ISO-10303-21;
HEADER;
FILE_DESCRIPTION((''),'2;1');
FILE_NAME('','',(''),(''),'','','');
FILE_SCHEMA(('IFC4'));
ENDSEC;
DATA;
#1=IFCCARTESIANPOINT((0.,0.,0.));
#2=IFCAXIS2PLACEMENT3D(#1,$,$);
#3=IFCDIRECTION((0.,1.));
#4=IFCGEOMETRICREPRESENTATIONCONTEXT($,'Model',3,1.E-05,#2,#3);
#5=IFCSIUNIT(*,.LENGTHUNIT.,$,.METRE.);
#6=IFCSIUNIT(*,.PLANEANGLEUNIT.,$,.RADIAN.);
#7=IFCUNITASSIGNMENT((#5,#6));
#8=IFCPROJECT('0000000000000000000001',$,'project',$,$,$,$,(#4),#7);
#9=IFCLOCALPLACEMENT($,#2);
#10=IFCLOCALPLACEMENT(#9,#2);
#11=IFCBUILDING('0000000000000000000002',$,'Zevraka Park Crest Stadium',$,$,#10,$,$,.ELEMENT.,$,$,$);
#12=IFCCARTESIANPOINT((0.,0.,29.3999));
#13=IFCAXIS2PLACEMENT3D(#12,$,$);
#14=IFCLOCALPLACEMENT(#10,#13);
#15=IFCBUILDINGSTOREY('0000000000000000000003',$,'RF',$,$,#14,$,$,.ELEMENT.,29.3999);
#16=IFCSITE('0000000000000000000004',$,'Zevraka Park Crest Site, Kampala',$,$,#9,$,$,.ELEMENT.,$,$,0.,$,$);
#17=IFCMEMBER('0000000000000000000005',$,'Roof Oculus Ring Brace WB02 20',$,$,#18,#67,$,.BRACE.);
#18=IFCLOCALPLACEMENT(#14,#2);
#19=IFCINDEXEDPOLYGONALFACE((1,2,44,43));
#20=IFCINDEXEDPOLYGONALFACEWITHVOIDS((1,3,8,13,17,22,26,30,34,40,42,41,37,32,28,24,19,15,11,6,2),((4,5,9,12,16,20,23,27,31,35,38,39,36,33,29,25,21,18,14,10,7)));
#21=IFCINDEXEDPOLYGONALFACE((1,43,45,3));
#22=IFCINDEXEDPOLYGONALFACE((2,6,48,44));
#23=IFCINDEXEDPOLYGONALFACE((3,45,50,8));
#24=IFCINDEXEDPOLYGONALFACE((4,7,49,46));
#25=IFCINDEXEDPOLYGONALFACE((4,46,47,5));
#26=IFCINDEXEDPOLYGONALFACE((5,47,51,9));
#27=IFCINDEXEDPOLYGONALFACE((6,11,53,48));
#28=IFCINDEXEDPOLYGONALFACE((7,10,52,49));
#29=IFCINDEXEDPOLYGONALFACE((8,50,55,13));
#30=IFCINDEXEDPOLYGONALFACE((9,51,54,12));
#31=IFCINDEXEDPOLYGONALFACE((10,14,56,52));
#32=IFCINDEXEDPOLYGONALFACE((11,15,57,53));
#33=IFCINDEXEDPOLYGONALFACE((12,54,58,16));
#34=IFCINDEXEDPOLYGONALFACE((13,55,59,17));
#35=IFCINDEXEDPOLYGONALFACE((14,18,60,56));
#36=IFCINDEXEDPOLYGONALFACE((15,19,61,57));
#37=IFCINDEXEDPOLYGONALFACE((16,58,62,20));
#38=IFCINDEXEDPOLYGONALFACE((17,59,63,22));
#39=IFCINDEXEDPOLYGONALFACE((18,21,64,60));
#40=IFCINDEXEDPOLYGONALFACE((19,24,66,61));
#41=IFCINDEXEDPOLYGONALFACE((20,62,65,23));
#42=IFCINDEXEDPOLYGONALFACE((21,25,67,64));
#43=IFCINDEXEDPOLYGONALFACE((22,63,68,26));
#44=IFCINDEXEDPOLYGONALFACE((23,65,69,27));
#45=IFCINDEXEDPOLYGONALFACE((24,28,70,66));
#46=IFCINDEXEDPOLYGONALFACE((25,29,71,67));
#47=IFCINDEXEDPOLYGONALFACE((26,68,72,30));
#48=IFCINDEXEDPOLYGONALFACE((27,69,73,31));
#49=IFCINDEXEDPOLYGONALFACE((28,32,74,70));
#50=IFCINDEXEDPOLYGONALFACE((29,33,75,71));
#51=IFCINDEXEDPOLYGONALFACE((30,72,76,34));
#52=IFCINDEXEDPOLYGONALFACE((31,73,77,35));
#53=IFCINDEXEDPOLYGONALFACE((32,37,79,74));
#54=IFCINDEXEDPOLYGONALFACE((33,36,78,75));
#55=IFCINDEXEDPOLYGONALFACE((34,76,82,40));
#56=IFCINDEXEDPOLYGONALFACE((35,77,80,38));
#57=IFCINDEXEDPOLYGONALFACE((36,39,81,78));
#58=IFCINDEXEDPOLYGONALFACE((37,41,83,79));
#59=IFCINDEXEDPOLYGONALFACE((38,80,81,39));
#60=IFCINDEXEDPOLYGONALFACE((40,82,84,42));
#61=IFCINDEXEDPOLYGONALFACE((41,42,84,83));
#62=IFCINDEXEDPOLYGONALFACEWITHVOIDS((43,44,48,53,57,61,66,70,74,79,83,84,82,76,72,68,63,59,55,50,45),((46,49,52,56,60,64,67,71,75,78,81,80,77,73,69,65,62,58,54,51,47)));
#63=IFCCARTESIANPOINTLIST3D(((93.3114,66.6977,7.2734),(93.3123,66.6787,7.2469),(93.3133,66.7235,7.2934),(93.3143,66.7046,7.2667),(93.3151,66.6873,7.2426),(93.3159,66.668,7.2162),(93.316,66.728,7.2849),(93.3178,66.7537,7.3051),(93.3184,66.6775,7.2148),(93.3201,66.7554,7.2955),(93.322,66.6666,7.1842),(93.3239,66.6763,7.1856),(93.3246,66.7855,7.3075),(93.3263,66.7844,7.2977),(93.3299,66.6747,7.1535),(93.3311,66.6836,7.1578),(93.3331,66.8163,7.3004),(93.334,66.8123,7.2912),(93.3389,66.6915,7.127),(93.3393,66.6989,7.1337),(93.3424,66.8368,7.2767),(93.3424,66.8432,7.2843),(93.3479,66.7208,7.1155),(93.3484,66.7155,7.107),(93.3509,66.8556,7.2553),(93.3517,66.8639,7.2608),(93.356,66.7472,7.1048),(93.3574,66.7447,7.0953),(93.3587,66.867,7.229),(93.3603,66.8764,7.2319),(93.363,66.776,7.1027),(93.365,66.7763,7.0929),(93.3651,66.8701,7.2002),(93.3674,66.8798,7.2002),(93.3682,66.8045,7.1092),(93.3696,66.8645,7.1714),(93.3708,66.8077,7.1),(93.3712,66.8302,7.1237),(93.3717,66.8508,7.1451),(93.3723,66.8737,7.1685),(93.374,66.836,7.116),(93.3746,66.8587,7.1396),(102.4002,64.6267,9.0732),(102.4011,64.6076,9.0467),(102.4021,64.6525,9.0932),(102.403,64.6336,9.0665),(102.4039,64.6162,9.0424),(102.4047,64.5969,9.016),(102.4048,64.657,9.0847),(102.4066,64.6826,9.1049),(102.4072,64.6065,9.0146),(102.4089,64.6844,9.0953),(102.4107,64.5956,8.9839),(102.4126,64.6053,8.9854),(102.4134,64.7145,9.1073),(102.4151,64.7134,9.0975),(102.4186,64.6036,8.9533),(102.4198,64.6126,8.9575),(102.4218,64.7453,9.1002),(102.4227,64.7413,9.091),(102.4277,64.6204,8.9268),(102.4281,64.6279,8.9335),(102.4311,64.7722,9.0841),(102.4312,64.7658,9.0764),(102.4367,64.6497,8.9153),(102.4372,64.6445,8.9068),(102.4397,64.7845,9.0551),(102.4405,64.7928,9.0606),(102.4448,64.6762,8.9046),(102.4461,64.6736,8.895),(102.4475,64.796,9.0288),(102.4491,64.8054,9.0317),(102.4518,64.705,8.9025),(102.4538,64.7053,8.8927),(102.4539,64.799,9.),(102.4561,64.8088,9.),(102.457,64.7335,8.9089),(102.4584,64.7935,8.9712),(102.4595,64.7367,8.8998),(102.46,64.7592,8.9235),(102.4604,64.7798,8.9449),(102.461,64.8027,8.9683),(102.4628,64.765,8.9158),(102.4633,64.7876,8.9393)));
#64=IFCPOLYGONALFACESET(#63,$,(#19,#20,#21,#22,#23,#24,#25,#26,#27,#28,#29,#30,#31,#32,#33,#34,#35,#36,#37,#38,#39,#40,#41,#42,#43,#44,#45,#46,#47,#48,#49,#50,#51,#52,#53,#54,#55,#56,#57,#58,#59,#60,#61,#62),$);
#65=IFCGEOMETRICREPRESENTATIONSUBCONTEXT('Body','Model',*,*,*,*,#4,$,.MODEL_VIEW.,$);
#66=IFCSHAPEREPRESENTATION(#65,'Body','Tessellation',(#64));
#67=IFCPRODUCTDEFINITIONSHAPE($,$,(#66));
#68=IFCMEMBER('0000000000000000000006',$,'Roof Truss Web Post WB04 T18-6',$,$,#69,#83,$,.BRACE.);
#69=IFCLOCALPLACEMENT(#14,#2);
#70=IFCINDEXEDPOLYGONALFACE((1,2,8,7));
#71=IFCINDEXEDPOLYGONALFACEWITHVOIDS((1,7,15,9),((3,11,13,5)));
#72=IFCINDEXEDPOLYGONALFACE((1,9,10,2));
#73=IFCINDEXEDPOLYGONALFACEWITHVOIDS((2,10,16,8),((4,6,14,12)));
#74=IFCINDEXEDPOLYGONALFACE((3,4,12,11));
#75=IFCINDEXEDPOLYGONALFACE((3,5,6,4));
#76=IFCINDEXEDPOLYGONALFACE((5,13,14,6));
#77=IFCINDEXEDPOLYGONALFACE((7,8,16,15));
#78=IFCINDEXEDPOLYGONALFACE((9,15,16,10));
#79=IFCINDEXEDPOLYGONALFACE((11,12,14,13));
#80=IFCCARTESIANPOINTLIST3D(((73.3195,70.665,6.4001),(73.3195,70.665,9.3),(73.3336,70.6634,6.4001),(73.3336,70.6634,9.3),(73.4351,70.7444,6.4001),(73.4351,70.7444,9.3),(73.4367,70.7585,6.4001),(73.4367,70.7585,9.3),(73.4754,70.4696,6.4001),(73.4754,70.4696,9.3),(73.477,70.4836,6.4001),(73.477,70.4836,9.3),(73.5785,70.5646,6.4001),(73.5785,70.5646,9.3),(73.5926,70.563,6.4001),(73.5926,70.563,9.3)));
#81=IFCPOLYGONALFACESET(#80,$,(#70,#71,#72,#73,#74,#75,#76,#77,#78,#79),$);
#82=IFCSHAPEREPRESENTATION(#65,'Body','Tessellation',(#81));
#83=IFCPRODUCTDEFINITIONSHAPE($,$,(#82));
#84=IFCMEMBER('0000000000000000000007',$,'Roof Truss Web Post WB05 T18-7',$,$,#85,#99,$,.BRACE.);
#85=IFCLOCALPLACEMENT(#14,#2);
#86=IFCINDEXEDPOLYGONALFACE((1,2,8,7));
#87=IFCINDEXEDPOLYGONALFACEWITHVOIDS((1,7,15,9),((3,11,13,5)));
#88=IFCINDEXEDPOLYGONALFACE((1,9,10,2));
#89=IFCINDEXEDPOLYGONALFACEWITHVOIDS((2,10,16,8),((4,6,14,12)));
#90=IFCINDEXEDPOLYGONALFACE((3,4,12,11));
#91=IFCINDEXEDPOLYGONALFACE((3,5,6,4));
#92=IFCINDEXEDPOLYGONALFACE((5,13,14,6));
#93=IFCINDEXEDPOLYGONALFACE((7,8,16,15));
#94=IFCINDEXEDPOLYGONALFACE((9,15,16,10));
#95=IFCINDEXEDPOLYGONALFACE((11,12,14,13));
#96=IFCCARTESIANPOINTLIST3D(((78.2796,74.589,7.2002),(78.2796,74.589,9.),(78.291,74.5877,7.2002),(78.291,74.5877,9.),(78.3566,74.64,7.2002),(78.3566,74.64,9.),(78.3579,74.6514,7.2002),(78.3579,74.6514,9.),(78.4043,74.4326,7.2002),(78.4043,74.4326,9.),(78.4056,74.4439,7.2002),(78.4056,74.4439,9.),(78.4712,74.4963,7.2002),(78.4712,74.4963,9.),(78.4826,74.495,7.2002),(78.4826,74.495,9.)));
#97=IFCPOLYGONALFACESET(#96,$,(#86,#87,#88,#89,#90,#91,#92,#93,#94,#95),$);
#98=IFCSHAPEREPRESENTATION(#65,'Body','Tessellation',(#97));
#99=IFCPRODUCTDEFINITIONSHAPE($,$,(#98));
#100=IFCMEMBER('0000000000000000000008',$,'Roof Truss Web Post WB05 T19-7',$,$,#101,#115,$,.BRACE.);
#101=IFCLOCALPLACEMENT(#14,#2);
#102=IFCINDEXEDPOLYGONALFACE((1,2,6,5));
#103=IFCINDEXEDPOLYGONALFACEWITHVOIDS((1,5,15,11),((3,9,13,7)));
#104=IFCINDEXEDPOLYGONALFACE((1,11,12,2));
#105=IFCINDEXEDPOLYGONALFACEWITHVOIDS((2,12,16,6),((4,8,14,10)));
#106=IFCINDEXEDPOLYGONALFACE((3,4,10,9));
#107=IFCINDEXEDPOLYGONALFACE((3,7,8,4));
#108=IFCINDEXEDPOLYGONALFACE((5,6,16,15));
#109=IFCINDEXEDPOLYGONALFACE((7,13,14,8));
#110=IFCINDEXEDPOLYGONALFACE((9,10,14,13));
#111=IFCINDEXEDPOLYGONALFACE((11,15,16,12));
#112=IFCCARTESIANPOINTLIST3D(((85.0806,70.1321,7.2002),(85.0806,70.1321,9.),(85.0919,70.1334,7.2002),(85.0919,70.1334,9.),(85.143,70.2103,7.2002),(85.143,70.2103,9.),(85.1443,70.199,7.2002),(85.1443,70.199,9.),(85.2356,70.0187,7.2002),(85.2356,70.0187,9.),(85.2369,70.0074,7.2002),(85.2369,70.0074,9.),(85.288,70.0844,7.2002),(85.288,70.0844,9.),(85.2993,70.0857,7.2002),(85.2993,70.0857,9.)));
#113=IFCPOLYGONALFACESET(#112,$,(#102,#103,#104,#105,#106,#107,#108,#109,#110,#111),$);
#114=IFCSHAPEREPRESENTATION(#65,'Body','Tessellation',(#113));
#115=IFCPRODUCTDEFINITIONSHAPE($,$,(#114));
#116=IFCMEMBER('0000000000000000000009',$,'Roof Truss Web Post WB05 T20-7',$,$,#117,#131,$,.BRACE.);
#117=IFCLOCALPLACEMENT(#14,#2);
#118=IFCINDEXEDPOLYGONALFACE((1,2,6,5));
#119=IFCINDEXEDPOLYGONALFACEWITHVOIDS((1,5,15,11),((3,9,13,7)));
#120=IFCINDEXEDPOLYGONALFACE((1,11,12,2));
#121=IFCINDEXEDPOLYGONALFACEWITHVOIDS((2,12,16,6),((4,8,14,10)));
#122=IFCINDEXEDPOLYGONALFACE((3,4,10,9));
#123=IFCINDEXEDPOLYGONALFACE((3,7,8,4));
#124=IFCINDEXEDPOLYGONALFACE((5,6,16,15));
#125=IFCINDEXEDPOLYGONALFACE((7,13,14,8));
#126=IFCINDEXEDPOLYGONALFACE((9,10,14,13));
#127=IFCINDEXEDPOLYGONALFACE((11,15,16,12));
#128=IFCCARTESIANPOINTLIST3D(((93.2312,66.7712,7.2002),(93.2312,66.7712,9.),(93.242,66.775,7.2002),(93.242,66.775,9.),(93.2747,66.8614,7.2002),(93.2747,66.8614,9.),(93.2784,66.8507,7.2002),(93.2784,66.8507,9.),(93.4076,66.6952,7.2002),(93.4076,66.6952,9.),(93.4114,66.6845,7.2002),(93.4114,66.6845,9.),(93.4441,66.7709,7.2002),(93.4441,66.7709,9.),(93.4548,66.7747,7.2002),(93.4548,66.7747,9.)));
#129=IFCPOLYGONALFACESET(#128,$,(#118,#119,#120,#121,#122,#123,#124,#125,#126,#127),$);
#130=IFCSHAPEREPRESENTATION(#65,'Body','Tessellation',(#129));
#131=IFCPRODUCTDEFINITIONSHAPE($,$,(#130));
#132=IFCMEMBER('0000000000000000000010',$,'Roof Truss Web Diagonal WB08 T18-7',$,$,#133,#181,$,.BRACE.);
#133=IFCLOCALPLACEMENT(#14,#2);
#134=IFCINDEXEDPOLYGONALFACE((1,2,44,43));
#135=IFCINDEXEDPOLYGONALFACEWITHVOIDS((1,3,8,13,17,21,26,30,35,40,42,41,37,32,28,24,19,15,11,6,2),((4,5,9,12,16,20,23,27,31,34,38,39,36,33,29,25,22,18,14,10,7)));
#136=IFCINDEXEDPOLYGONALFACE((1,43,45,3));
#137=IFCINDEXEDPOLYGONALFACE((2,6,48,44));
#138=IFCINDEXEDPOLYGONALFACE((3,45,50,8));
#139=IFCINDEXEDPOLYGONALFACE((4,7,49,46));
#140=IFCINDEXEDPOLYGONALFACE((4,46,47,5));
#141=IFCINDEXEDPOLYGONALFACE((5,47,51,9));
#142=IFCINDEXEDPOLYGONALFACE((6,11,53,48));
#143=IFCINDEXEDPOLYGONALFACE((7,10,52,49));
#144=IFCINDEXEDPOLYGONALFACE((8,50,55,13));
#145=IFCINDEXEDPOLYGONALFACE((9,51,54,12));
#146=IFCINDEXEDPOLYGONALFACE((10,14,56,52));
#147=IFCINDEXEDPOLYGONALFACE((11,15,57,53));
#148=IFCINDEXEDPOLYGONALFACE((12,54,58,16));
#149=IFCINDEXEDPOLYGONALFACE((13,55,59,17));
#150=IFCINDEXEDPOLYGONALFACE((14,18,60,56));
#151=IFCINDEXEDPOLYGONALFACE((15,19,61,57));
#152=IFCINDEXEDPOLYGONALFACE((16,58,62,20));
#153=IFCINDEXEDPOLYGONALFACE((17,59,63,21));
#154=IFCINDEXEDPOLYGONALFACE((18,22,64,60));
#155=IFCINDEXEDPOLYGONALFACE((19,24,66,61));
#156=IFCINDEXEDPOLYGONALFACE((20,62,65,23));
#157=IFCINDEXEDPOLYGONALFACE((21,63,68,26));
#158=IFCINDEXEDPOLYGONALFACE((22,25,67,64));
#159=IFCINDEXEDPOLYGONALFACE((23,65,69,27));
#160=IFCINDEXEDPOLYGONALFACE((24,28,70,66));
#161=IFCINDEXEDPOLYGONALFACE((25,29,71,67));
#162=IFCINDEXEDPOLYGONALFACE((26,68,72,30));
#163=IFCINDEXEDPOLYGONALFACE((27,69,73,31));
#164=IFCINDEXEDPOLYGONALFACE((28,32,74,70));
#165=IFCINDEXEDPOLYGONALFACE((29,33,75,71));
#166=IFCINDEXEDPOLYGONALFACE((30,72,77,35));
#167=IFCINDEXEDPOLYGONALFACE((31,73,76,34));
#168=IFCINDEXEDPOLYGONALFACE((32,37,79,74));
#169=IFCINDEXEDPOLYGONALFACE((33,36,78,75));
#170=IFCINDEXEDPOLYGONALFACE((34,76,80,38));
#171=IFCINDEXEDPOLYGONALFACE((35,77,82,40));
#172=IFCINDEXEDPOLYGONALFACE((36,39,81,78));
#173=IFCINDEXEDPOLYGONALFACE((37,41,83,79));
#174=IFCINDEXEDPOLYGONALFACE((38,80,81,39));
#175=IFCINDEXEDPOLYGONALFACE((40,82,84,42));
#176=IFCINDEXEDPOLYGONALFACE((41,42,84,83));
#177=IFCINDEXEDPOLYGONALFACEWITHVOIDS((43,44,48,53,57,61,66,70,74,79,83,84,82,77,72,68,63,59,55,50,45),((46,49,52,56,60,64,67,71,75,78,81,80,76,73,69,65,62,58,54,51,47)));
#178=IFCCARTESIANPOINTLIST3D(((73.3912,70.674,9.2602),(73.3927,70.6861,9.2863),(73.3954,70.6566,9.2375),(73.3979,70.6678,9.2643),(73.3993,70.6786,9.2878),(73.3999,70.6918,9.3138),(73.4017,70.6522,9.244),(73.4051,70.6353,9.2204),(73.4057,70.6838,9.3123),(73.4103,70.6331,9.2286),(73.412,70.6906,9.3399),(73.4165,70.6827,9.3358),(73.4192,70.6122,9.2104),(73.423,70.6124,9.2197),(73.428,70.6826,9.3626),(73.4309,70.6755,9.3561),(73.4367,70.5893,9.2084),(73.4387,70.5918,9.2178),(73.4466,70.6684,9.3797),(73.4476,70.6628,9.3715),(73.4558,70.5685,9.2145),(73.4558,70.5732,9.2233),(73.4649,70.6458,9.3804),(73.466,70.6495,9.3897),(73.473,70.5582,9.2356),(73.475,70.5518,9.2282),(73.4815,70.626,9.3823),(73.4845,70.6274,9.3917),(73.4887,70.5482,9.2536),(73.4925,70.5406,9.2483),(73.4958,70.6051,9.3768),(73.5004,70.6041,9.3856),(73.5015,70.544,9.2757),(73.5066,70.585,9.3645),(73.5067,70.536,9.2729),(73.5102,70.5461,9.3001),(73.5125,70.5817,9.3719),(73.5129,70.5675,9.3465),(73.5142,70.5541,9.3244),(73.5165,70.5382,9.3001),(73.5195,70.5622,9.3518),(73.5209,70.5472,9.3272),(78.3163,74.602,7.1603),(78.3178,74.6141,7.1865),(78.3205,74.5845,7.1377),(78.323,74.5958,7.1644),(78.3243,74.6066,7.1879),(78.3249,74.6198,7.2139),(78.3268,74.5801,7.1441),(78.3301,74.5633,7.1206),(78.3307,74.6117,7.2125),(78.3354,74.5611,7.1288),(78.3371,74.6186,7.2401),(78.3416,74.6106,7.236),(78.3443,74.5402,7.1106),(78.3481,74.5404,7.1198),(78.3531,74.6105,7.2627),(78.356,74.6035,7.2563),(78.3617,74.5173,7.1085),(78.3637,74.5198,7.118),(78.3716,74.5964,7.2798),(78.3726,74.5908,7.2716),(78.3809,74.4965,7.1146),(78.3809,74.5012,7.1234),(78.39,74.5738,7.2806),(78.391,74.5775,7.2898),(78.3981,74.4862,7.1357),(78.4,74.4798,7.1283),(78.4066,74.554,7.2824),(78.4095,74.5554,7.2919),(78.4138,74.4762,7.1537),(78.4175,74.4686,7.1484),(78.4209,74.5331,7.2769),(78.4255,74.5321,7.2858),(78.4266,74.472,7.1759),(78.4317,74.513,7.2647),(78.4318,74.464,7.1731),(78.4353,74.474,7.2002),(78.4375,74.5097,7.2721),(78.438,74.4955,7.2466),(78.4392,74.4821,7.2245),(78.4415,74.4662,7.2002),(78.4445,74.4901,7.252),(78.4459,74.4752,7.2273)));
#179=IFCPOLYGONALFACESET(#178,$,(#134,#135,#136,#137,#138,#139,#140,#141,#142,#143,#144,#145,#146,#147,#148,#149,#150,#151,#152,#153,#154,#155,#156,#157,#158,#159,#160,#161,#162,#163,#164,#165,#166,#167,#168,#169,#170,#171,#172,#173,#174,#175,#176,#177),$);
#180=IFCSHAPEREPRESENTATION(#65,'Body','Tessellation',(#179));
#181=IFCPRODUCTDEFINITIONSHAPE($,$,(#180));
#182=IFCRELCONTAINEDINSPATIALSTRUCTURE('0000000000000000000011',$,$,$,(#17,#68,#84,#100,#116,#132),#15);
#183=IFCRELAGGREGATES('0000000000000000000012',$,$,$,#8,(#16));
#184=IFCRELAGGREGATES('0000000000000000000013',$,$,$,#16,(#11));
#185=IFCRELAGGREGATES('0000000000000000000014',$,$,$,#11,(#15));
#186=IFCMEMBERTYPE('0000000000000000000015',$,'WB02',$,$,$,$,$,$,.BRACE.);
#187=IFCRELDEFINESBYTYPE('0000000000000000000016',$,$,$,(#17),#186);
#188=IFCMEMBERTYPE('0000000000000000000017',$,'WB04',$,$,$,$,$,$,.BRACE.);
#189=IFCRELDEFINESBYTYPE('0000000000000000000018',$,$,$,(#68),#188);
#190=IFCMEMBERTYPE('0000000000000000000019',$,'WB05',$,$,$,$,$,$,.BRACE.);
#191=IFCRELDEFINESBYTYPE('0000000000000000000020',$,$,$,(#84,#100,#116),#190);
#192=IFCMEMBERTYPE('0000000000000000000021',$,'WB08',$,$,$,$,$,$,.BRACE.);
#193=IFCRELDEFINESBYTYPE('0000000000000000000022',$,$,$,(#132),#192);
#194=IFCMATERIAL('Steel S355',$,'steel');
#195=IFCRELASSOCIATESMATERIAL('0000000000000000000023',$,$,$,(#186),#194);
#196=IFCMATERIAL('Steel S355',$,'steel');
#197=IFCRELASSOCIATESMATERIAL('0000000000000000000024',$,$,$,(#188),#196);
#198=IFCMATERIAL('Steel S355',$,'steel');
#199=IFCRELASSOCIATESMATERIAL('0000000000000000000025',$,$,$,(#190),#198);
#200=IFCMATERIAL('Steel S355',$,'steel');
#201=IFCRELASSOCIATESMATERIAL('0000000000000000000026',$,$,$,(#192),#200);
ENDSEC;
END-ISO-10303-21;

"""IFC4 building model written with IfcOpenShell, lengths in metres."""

from ifc_helpers import new_model, si_unit, direction, frame, origin, origin_2d, place, context, subcontext, project, spatial, hollow_rectangle, hollow_circle, extrude, material, material_profile, profile_set, type_object, element, save


model = new_model("IFC4")

# Units and contexts
model_context = context("Model", 3, precision=1e-05, world=origin(), true_north=direction((0.0, 1.0)))
body_context = subcontext(model_context, "Body", "Model", "MODEL_VIEW")
ifc_project = project(units=[si_unit("LENGTHUNIT", "METRE"), si_unit("PLANEANGLEUNIT", "RADIAN")], contexts=[model_context])

# Site, building, storey
site_placement = place(None, origin())
site = spatial("IfcSite", under=ifc_project, at=site_placement, Name="Zevraka Park Crest Site, Kampala", CompositionType="ELEMENT", RefElevation=0.0)
building_placement = place(site_placement, origin())
building = spatial("IfcBuilding", under=site, at=building_placement, Name="Zevraka Park Crest Stadium", CompositionType="ELEMENT")
storey_placement = place(building_placement, frame((0.0, 0.0, 29.3999)))
storey = spatial("IfcBuildingStorey", under=building, at=storey_placement, Name="RF", CompositionType="ELEMENT", Elevation=29.3999)

# Members
ifc_material_1 = material(Name="Steel S355", Category="steel")
ifc_material_profile_1 = material_profile(ifc_material_1, hollow_circle(Radius=0.1096, WallThickness=0.01, at=origin_2d()), Name="CHS 219.1x10")
ifc_profile_set_1 = profile_set([ifc_material_profile_1], Name="Steel S355")
member_type_1 = type_object("IfcMemberType", Name="WB02", PredefinedType="BRACE", material=ifc_profile_set_1)
member_1_placement = place(storey_placement, frame((93.343, 66.7729, 7.2002), z_axis=(0.957328, -0.218143, 0.189573), x_axis=(0.222171, 0.975008, 0.0)))
element("IfcMember", 1, at=member_1_placement, inside=storey, type_object=member_type_1, Name="Roof Oculus Ring Brace WB02 20", PredefinedType="BRACE", context=body_context, shape_type="SweptSolid", body=[
    extrude(hollow_circle(Radius=0.1096, WallThickness=0.01, at=origin_2d()), origin(), (0.0, 0.0, 1.0), 9.4939),
])
ifc_material_2 = material(Name="Steel S355", Category="steel")
ifc_material_profile_2 = material_profile(ifc_material_2, hollow_rectangle(XDim=0.1499, YDim=0.25, WallThickness=0.01, at=origin_2d()), Name="RHS 250x150x10")
ifc_profile_set_2 = profile_set([ifc_material_profile_2], Name="Steel S355")
member_type_2 = type_object("IfcMemberType", Name="WB04", PredefinedType="BRACE", material=ifc_profile_set_2)
member_2_placement = place(storey_placement, frame((73.4561, 70.614, 6.4001), z_axis=(0.0, 0.0, 1.0), x_axis=(0.781847, 0.62347, 0.0)))
element("IfcMember", 2, at=member_2_placement, inside=storey, type_object=member_type_2, Name="Roof Truss Web Post WB04 T18-6", PredefinedType="BRACE", context=body_context, shape_type="SweptSolid", body=[
    extrude(hollow_rectangle(XDim=0.1499, YDim=0.25, WallThickness=0.01, at=origin_2d()), origin(), (0.0, 0.0, 1.0), 2.8999),
])
ifc_material_3 = material(Name="Steel S355", Category="steel")
ifc_material_profile_3 = material_profile(ifc_material_3, hollow_rectangle(XDim=0.1001, YDim=0.2, WallThickness=0.0081, at=origin_2d()), Name="RHS 200x100x8")
ifc_profile_set_3 = profile_set([ifc_material_profile_3], Name="Steel S355")
member_type_3 = type_object("IfcMemberType", Name="WB05", PredefinedType="BRACE", material=ifc_profile_set_3)
for number, where, z_axis, x_axis, name in (
    (3, (78.3811, 74.542, 7.2002), (0.0, 0.0, 1.0), (0.781847, 0.62347, 0.0), "Roof Truss Web Post WB05 T18-7"),
    (4, (85.1899, 70.1089, 7.2002), (0.0, 0.0, 1.0), (0.62347, 0.781847, 0.0), "Roof Truss Web Post WB05 T19-7"),
    (5, (93.343, 66.7729, 7.2002), (0.0, 0.0, 1.0), (0.433816, 0.901001, 0.0), "Roof Truss Web Post WB05 T20-7"),
):
    element("IfcMember", number, at=place(storey_placement, frame(where, z_axis=z_axis, x_axis=x_axis)), inside=storey, type_object=member_type_3, Name=name, PredefinedType="BRACE", context=body_context, shape_type="SweptSolid", body=[
        extrude(hollow_rectangle(XDim=0.1001, YDim=0.2, WallThickness=0.0081, at=origin_2d()), origin(), (0.0, 0.0, 1.0), 1.7998),
    ])
ifc_material_4 = material(Name="Steel S355", Category="steel")
ifc_material_profile_4 = material_profile(ifc_material_4, hollow_circle(Radius=0.0969, WallThickness=0.01, at=origin_2d()), Name="CHS 193.7x10")
ifc_profile_set_4 = profile_set([ifc_material_profile_4], Name="Steel S355")
member_type_4 = type_object("IfcMemberType", Name="WB08", PredefinedType="BRACE", material=ifc_profile_set_4)
member_3_placement = place(storey_placement, frame((78.3811, 74.542, 7.2002), z_axis=(-0.741683, -0.59153, 0.316225), x_axis=(0.623527, -0.781802, 0.0)))
element("IfcMember", 6, at=member_3_placement, inside=storey, type_object=member_type_4, Name="Roof Truss Web Diagonal WB08 T18-7", PredefinedType="BRACE", context=body_context, shape_type="SweptSolid", body=[
    extrude(hollow_circle(Radius=0.0969, WallThickness=0.01, at=origin_2d()), origin(), (0.0, 0.0, 1.0), 6.6404),
])

save(model, "model.ifc")
